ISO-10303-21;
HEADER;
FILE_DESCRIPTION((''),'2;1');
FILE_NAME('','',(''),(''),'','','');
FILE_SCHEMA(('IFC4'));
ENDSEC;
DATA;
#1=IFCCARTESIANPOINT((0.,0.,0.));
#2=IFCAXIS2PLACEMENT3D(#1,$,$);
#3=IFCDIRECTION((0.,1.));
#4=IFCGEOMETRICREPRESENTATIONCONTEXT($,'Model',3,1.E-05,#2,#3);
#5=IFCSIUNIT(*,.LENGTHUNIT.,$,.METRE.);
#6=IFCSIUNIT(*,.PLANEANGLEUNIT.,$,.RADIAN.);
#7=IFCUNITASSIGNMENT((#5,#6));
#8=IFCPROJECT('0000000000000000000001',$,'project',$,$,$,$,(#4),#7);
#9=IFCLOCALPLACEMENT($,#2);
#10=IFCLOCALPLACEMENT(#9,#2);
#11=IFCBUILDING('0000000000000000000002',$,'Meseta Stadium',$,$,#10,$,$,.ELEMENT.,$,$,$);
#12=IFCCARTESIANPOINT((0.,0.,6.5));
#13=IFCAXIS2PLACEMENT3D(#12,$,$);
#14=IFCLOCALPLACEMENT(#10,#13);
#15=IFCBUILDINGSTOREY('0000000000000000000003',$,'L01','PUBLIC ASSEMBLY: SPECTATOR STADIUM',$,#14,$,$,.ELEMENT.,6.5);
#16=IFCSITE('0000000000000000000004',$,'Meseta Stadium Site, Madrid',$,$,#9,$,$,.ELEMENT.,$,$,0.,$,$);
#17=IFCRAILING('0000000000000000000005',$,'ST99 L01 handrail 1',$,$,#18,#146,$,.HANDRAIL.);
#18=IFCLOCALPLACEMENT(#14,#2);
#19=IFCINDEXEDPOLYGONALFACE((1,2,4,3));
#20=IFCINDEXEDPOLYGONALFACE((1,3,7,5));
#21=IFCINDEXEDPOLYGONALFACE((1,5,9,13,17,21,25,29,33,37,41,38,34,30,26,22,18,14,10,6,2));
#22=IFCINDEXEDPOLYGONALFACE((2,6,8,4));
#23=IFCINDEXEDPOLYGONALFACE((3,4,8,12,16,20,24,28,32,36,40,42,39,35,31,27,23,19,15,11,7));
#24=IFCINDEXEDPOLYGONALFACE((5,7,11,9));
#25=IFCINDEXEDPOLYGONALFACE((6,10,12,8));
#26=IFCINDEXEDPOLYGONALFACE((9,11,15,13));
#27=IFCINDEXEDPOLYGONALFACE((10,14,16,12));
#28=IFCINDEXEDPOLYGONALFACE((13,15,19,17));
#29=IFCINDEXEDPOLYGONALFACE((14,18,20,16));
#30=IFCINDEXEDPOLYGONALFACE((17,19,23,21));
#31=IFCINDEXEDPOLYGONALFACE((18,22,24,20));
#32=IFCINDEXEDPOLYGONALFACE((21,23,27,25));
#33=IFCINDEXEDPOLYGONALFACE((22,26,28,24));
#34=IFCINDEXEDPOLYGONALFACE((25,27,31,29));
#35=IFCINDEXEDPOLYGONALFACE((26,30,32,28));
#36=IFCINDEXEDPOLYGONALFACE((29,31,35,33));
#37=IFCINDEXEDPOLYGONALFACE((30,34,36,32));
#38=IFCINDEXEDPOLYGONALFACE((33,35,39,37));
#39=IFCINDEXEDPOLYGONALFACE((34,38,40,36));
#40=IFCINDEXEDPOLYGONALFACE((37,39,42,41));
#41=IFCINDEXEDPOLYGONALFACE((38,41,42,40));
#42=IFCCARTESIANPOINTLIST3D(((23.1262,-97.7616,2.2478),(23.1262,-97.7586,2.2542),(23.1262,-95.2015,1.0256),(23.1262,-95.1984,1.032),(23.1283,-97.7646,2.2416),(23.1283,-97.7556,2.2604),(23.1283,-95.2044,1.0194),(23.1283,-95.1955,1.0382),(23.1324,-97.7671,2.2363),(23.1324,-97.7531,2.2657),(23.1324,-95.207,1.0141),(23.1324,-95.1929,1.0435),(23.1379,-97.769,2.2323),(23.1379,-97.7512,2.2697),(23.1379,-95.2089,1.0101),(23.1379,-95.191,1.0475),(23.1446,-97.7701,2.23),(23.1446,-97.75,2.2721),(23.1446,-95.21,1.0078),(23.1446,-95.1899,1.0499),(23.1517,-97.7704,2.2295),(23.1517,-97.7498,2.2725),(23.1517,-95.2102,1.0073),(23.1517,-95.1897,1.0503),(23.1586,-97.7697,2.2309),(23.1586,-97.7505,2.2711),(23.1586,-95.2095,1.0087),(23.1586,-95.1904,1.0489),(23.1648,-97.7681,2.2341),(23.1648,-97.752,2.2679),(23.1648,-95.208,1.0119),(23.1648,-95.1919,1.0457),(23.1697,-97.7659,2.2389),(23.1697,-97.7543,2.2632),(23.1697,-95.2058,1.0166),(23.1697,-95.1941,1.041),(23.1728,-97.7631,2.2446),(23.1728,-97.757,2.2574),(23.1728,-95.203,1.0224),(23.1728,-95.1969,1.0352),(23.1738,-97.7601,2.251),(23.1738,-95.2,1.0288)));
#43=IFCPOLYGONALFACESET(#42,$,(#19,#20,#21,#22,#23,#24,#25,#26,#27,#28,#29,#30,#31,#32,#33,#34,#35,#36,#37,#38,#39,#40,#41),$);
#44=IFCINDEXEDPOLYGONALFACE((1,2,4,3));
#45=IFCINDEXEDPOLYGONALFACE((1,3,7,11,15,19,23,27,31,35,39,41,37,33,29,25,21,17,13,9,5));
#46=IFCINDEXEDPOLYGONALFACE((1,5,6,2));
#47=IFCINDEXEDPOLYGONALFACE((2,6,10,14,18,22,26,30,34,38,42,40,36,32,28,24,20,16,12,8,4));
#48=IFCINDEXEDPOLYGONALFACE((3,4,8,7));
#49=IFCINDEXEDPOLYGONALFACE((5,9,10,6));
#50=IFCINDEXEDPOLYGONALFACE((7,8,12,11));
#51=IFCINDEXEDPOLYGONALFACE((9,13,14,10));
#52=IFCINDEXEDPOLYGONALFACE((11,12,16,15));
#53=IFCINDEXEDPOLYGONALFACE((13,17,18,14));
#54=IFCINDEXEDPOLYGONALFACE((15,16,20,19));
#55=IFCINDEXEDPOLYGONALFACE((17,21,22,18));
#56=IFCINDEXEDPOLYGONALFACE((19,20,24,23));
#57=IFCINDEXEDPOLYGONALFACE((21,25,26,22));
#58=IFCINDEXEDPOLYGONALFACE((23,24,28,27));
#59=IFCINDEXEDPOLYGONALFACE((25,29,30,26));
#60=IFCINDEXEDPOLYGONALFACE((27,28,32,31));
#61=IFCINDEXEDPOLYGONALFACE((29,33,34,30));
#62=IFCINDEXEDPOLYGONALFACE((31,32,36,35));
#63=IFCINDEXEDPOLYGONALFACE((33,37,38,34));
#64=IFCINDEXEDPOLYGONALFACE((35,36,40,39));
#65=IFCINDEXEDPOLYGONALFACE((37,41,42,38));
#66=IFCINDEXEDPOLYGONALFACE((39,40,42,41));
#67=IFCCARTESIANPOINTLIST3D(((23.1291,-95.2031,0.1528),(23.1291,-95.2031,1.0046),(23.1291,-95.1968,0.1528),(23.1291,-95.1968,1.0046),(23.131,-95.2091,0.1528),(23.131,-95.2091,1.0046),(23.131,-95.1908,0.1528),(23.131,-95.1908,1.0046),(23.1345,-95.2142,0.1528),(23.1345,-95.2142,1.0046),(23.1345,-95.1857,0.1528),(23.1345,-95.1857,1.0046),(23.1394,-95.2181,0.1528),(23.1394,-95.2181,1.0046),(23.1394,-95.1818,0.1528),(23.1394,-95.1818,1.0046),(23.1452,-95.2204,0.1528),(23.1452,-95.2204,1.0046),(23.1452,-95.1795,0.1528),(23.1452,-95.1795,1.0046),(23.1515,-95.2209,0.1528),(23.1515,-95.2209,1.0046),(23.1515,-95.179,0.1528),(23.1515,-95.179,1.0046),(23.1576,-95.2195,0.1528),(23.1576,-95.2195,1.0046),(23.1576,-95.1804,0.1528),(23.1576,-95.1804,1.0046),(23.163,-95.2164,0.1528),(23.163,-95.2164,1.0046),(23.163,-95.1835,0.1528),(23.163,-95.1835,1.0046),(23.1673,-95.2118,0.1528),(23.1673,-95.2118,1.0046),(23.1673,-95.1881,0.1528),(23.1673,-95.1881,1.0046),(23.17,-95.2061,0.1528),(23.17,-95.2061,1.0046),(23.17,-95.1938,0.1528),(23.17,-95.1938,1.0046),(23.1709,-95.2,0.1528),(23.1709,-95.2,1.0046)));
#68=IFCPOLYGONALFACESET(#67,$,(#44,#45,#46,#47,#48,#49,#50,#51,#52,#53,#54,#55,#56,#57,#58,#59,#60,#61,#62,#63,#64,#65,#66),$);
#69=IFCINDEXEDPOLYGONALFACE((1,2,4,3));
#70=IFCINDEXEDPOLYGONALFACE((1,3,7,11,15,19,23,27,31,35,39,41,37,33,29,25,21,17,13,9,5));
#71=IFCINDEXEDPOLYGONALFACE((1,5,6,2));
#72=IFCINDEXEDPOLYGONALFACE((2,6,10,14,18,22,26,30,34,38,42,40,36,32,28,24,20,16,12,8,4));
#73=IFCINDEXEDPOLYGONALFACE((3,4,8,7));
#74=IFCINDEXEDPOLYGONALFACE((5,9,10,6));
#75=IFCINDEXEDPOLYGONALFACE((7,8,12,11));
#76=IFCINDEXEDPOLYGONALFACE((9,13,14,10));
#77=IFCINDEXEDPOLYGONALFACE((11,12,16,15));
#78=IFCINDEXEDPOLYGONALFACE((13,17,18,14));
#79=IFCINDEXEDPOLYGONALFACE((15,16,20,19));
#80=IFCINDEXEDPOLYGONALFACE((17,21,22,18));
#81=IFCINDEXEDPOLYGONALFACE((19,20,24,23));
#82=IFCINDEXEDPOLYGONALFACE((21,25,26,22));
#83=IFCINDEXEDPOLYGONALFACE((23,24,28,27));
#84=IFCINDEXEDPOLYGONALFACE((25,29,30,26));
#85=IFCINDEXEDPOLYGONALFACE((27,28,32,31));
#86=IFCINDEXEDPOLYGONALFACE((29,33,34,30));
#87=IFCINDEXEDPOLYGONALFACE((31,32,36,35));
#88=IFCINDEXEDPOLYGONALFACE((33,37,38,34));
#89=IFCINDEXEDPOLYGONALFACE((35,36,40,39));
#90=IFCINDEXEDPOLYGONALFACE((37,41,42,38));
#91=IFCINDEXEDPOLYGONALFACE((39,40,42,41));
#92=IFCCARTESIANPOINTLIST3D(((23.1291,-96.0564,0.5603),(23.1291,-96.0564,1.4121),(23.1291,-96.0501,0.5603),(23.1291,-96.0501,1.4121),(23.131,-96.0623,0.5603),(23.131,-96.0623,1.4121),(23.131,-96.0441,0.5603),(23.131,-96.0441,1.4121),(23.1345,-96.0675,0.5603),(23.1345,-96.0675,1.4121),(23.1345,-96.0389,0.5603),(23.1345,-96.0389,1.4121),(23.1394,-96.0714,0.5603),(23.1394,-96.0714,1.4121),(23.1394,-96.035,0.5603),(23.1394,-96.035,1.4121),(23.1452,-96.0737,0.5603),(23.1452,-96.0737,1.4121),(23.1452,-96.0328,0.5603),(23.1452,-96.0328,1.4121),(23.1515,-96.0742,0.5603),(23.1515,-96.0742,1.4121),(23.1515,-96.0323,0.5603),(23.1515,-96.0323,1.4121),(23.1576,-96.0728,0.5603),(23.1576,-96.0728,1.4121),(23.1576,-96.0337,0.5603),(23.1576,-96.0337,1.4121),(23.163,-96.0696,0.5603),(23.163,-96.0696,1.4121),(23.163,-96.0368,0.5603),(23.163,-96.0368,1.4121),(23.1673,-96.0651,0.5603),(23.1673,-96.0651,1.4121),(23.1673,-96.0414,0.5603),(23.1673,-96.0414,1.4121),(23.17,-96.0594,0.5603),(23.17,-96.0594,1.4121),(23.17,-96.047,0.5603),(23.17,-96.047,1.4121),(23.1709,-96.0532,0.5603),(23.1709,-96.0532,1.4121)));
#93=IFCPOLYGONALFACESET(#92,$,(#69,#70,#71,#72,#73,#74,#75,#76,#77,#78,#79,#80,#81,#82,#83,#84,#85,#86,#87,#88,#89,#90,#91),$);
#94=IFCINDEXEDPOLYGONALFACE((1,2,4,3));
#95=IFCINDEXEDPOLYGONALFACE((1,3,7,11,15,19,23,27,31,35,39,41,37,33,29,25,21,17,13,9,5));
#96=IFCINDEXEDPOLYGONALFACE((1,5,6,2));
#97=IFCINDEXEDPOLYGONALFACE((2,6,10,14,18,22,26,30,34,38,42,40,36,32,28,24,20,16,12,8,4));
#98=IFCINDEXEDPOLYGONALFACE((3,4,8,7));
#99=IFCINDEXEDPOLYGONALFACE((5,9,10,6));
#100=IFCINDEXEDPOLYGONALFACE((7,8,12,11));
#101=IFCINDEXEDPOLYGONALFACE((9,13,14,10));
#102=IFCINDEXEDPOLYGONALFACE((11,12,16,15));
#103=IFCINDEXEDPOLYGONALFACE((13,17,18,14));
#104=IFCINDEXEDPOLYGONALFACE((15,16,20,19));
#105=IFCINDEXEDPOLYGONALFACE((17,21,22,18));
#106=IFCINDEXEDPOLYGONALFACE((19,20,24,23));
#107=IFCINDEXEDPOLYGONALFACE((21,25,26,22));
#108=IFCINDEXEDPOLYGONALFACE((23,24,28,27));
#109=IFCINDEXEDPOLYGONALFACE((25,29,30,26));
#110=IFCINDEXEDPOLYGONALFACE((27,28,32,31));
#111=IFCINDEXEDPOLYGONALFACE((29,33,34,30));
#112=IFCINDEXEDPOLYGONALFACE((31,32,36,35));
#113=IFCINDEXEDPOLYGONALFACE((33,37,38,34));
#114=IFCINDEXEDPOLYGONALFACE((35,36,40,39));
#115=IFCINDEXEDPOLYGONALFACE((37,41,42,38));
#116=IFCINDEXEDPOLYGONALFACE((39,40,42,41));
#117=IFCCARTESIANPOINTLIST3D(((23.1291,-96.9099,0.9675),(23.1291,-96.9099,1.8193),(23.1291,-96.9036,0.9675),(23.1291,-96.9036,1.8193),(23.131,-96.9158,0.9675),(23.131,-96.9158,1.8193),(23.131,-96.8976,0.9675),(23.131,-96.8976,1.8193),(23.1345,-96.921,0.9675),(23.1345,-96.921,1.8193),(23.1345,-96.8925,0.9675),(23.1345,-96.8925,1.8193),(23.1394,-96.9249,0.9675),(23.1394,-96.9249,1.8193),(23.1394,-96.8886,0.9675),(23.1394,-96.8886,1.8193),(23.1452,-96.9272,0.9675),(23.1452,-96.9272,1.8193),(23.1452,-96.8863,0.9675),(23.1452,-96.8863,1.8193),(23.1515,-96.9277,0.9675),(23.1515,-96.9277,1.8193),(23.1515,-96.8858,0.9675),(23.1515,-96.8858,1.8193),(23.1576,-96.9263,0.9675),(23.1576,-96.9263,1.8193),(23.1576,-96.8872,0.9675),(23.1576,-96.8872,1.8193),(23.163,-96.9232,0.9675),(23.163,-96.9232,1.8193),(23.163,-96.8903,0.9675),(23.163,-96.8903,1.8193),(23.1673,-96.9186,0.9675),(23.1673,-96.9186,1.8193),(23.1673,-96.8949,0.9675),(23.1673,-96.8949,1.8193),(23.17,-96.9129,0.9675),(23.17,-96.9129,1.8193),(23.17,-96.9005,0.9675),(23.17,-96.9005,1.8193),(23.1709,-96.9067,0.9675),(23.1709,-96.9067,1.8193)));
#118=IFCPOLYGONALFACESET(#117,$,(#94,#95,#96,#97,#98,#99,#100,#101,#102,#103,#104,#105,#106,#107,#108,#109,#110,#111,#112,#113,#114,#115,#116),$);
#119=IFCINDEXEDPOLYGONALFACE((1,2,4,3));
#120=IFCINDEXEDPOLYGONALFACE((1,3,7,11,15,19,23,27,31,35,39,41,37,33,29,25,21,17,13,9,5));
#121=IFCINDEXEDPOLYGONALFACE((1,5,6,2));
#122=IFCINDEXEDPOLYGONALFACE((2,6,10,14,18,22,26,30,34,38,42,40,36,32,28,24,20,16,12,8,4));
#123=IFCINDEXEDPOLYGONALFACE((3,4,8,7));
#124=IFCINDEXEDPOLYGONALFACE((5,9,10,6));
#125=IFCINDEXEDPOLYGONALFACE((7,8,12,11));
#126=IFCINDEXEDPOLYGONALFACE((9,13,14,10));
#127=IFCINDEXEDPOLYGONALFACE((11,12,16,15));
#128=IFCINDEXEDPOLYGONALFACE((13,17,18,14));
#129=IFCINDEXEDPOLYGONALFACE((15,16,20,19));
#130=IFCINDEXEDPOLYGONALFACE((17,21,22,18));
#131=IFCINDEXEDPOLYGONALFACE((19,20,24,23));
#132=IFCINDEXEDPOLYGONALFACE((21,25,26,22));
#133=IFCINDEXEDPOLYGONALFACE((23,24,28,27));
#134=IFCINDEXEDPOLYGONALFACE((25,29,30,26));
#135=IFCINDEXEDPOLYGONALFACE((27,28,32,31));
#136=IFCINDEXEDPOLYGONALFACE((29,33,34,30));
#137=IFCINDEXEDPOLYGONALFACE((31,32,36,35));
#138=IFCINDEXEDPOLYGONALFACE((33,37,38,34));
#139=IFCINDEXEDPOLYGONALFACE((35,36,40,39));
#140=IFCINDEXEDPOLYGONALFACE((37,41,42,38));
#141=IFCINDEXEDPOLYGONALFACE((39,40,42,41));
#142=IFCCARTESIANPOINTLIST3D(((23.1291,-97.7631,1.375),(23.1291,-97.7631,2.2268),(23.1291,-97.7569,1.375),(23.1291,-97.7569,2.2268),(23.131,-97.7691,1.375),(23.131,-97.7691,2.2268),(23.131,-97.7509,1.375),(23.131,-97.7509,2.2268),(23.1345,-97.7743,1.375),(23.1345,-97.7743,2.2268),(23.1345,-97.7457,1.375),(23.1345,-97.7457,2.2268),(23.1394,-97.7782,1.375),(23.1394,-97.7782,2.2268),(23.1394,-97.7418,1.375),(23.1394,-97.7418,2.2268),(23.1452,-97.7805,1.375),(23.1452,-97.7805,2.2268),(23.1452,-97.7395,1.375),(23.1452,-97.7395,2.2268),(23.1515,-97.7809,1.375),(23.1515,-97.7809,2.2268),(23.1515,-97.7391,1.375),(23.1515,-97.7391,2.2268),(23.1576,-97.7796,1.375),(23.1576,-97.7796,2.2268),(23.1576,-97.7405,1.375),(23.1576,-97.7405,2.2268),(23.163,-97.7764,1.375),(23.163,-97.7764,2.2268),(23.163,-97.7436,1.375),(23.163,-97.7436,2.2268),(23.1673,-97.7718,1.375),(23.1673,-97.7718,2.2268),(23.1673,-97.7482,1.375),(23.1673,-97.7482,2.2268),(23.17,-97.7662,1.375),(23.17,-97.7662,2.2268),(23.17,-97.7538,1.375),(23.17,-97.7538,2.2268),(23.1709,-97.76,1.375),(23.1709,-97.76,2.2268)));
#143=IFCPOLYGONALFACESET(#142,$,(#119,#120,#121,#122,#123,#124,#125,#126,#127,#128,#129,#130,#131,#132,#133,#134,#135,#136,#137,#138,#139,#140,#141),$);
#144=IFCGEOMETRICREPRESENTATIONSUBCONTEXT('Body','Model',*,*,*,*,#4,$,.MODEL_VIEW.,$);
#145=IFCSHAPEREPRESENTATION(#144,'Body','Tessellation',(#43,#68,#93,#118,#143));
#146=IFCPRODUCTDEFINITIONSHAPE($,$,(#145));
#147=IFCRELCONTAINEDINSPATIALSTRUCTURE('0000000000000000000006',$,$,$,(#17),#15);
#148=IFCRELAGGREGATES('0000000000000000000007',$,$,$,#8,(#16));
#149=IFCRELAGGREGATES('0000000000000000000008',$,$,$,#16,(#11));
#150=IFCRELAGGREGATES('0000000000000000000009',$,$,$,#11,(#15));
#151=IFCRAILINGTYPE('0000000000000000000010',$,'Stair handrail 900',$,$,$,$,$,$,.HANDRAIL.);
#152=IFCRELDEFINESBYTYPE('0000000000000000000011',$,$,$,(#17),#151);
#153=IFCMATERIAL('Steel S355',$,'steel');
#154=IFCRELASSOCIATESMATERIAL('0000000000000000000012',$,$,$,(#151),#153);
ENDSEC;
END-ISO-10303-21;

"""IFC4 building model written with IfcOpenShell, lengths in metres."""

from ifc_helpers import new_model, si_unit, direction, frame, origin, origin_2d, place, context, subcontext, project, spatial, circle, extrude, material, type_object, element, save


model = new_model("IFC4")

# Units and contexts
model_context = context("Model", 3, precision=1e-05, world=origin(), true_north=direction((0.0, 1.0)))
body_context = subcontext(model_context, "Body", "Model", "MODEL_VIEW")
ifc_project = project(units=[si_unit("LENGTHUNIT", "METRE"), si_unit("PLANEANGLEUNIT", "RADIAN")], contexts=[model_context])

# Site, building, storey
site_placement = place(None, origin())
site = spatial("IfcSite", under=ifc_project, at=site_placement, Name="Meseta Stadium Site, Madrid", CompositionType="ELEMENT", RefElevation=0.0)
building_placement = place(site_placement, origin())
building = spatial("IfcBuilding", under=site, at=building_placement, Name="Meseta Stadium", CompositionType="ELEMENT")
storey_placement = place(building_placement, frame((0.0, 0.0, 6.5)))
storey = spatial("IfcBuildingStorey", under=building, at=storey_placement, Name="L01", Description="PUBLIC ASSEMBLY: SPECTATOR STADIUM", CompositionType="ELEMENT", Elevation=6.5)

# Railing
ifc_material_1 = material(Name="Steel S355", Category="steel")
railing_type_1 = type_object("IfcRailingType", Name="Stair handrail 900", PredefinedType="HANDRAIL", material=ifc_material_1)
for number, where, name in (
    (1, (23.1499, -95.2, 0.1528), "ST99 L01 handrail 1"),
):
    element("IfcRailing", number, at=place(storey_placement, frame(where)), inside=storey, type_object=railing_type_1, Name=name, PredefinedType="HANDRAIL", context=body_context, shape_type="SweptSolid", body=[
        extrude(circle(Radius=0.0239, at=origin_2d()), frame((0.0, 0.0, 0.876), z_axis=(0.0, -0.902437, 0.430822), x_axis=(1.0, 0.0, 0.0)), (0.0, 0.0, 1.0), 2.8369),
        extrude(circle(Radius=0.021, at=origin_2d()), origin(), (0.0, 0.0, 1.0), 0.8518),
        extrude(circle(Radius=0.021, at=origin_2d()), frame((0.0, -0.8533, 0.4075)), (0.0, 0.0, 1.0), 0.8518),
        extrude(circle(Radius=0.021, at=origin_2d()), frame((0.0, -1.7068, 0.8147)), (0.0, 0.0, 1.0), 0.8518),
        extrude(circle(Radius=0.021, at=origin_2d()), frame((0.0, -2.5601, 1.2222)), (0.0, 0.0, 1.0), 0.8518),
    ])

save(model, "model.ifc")
